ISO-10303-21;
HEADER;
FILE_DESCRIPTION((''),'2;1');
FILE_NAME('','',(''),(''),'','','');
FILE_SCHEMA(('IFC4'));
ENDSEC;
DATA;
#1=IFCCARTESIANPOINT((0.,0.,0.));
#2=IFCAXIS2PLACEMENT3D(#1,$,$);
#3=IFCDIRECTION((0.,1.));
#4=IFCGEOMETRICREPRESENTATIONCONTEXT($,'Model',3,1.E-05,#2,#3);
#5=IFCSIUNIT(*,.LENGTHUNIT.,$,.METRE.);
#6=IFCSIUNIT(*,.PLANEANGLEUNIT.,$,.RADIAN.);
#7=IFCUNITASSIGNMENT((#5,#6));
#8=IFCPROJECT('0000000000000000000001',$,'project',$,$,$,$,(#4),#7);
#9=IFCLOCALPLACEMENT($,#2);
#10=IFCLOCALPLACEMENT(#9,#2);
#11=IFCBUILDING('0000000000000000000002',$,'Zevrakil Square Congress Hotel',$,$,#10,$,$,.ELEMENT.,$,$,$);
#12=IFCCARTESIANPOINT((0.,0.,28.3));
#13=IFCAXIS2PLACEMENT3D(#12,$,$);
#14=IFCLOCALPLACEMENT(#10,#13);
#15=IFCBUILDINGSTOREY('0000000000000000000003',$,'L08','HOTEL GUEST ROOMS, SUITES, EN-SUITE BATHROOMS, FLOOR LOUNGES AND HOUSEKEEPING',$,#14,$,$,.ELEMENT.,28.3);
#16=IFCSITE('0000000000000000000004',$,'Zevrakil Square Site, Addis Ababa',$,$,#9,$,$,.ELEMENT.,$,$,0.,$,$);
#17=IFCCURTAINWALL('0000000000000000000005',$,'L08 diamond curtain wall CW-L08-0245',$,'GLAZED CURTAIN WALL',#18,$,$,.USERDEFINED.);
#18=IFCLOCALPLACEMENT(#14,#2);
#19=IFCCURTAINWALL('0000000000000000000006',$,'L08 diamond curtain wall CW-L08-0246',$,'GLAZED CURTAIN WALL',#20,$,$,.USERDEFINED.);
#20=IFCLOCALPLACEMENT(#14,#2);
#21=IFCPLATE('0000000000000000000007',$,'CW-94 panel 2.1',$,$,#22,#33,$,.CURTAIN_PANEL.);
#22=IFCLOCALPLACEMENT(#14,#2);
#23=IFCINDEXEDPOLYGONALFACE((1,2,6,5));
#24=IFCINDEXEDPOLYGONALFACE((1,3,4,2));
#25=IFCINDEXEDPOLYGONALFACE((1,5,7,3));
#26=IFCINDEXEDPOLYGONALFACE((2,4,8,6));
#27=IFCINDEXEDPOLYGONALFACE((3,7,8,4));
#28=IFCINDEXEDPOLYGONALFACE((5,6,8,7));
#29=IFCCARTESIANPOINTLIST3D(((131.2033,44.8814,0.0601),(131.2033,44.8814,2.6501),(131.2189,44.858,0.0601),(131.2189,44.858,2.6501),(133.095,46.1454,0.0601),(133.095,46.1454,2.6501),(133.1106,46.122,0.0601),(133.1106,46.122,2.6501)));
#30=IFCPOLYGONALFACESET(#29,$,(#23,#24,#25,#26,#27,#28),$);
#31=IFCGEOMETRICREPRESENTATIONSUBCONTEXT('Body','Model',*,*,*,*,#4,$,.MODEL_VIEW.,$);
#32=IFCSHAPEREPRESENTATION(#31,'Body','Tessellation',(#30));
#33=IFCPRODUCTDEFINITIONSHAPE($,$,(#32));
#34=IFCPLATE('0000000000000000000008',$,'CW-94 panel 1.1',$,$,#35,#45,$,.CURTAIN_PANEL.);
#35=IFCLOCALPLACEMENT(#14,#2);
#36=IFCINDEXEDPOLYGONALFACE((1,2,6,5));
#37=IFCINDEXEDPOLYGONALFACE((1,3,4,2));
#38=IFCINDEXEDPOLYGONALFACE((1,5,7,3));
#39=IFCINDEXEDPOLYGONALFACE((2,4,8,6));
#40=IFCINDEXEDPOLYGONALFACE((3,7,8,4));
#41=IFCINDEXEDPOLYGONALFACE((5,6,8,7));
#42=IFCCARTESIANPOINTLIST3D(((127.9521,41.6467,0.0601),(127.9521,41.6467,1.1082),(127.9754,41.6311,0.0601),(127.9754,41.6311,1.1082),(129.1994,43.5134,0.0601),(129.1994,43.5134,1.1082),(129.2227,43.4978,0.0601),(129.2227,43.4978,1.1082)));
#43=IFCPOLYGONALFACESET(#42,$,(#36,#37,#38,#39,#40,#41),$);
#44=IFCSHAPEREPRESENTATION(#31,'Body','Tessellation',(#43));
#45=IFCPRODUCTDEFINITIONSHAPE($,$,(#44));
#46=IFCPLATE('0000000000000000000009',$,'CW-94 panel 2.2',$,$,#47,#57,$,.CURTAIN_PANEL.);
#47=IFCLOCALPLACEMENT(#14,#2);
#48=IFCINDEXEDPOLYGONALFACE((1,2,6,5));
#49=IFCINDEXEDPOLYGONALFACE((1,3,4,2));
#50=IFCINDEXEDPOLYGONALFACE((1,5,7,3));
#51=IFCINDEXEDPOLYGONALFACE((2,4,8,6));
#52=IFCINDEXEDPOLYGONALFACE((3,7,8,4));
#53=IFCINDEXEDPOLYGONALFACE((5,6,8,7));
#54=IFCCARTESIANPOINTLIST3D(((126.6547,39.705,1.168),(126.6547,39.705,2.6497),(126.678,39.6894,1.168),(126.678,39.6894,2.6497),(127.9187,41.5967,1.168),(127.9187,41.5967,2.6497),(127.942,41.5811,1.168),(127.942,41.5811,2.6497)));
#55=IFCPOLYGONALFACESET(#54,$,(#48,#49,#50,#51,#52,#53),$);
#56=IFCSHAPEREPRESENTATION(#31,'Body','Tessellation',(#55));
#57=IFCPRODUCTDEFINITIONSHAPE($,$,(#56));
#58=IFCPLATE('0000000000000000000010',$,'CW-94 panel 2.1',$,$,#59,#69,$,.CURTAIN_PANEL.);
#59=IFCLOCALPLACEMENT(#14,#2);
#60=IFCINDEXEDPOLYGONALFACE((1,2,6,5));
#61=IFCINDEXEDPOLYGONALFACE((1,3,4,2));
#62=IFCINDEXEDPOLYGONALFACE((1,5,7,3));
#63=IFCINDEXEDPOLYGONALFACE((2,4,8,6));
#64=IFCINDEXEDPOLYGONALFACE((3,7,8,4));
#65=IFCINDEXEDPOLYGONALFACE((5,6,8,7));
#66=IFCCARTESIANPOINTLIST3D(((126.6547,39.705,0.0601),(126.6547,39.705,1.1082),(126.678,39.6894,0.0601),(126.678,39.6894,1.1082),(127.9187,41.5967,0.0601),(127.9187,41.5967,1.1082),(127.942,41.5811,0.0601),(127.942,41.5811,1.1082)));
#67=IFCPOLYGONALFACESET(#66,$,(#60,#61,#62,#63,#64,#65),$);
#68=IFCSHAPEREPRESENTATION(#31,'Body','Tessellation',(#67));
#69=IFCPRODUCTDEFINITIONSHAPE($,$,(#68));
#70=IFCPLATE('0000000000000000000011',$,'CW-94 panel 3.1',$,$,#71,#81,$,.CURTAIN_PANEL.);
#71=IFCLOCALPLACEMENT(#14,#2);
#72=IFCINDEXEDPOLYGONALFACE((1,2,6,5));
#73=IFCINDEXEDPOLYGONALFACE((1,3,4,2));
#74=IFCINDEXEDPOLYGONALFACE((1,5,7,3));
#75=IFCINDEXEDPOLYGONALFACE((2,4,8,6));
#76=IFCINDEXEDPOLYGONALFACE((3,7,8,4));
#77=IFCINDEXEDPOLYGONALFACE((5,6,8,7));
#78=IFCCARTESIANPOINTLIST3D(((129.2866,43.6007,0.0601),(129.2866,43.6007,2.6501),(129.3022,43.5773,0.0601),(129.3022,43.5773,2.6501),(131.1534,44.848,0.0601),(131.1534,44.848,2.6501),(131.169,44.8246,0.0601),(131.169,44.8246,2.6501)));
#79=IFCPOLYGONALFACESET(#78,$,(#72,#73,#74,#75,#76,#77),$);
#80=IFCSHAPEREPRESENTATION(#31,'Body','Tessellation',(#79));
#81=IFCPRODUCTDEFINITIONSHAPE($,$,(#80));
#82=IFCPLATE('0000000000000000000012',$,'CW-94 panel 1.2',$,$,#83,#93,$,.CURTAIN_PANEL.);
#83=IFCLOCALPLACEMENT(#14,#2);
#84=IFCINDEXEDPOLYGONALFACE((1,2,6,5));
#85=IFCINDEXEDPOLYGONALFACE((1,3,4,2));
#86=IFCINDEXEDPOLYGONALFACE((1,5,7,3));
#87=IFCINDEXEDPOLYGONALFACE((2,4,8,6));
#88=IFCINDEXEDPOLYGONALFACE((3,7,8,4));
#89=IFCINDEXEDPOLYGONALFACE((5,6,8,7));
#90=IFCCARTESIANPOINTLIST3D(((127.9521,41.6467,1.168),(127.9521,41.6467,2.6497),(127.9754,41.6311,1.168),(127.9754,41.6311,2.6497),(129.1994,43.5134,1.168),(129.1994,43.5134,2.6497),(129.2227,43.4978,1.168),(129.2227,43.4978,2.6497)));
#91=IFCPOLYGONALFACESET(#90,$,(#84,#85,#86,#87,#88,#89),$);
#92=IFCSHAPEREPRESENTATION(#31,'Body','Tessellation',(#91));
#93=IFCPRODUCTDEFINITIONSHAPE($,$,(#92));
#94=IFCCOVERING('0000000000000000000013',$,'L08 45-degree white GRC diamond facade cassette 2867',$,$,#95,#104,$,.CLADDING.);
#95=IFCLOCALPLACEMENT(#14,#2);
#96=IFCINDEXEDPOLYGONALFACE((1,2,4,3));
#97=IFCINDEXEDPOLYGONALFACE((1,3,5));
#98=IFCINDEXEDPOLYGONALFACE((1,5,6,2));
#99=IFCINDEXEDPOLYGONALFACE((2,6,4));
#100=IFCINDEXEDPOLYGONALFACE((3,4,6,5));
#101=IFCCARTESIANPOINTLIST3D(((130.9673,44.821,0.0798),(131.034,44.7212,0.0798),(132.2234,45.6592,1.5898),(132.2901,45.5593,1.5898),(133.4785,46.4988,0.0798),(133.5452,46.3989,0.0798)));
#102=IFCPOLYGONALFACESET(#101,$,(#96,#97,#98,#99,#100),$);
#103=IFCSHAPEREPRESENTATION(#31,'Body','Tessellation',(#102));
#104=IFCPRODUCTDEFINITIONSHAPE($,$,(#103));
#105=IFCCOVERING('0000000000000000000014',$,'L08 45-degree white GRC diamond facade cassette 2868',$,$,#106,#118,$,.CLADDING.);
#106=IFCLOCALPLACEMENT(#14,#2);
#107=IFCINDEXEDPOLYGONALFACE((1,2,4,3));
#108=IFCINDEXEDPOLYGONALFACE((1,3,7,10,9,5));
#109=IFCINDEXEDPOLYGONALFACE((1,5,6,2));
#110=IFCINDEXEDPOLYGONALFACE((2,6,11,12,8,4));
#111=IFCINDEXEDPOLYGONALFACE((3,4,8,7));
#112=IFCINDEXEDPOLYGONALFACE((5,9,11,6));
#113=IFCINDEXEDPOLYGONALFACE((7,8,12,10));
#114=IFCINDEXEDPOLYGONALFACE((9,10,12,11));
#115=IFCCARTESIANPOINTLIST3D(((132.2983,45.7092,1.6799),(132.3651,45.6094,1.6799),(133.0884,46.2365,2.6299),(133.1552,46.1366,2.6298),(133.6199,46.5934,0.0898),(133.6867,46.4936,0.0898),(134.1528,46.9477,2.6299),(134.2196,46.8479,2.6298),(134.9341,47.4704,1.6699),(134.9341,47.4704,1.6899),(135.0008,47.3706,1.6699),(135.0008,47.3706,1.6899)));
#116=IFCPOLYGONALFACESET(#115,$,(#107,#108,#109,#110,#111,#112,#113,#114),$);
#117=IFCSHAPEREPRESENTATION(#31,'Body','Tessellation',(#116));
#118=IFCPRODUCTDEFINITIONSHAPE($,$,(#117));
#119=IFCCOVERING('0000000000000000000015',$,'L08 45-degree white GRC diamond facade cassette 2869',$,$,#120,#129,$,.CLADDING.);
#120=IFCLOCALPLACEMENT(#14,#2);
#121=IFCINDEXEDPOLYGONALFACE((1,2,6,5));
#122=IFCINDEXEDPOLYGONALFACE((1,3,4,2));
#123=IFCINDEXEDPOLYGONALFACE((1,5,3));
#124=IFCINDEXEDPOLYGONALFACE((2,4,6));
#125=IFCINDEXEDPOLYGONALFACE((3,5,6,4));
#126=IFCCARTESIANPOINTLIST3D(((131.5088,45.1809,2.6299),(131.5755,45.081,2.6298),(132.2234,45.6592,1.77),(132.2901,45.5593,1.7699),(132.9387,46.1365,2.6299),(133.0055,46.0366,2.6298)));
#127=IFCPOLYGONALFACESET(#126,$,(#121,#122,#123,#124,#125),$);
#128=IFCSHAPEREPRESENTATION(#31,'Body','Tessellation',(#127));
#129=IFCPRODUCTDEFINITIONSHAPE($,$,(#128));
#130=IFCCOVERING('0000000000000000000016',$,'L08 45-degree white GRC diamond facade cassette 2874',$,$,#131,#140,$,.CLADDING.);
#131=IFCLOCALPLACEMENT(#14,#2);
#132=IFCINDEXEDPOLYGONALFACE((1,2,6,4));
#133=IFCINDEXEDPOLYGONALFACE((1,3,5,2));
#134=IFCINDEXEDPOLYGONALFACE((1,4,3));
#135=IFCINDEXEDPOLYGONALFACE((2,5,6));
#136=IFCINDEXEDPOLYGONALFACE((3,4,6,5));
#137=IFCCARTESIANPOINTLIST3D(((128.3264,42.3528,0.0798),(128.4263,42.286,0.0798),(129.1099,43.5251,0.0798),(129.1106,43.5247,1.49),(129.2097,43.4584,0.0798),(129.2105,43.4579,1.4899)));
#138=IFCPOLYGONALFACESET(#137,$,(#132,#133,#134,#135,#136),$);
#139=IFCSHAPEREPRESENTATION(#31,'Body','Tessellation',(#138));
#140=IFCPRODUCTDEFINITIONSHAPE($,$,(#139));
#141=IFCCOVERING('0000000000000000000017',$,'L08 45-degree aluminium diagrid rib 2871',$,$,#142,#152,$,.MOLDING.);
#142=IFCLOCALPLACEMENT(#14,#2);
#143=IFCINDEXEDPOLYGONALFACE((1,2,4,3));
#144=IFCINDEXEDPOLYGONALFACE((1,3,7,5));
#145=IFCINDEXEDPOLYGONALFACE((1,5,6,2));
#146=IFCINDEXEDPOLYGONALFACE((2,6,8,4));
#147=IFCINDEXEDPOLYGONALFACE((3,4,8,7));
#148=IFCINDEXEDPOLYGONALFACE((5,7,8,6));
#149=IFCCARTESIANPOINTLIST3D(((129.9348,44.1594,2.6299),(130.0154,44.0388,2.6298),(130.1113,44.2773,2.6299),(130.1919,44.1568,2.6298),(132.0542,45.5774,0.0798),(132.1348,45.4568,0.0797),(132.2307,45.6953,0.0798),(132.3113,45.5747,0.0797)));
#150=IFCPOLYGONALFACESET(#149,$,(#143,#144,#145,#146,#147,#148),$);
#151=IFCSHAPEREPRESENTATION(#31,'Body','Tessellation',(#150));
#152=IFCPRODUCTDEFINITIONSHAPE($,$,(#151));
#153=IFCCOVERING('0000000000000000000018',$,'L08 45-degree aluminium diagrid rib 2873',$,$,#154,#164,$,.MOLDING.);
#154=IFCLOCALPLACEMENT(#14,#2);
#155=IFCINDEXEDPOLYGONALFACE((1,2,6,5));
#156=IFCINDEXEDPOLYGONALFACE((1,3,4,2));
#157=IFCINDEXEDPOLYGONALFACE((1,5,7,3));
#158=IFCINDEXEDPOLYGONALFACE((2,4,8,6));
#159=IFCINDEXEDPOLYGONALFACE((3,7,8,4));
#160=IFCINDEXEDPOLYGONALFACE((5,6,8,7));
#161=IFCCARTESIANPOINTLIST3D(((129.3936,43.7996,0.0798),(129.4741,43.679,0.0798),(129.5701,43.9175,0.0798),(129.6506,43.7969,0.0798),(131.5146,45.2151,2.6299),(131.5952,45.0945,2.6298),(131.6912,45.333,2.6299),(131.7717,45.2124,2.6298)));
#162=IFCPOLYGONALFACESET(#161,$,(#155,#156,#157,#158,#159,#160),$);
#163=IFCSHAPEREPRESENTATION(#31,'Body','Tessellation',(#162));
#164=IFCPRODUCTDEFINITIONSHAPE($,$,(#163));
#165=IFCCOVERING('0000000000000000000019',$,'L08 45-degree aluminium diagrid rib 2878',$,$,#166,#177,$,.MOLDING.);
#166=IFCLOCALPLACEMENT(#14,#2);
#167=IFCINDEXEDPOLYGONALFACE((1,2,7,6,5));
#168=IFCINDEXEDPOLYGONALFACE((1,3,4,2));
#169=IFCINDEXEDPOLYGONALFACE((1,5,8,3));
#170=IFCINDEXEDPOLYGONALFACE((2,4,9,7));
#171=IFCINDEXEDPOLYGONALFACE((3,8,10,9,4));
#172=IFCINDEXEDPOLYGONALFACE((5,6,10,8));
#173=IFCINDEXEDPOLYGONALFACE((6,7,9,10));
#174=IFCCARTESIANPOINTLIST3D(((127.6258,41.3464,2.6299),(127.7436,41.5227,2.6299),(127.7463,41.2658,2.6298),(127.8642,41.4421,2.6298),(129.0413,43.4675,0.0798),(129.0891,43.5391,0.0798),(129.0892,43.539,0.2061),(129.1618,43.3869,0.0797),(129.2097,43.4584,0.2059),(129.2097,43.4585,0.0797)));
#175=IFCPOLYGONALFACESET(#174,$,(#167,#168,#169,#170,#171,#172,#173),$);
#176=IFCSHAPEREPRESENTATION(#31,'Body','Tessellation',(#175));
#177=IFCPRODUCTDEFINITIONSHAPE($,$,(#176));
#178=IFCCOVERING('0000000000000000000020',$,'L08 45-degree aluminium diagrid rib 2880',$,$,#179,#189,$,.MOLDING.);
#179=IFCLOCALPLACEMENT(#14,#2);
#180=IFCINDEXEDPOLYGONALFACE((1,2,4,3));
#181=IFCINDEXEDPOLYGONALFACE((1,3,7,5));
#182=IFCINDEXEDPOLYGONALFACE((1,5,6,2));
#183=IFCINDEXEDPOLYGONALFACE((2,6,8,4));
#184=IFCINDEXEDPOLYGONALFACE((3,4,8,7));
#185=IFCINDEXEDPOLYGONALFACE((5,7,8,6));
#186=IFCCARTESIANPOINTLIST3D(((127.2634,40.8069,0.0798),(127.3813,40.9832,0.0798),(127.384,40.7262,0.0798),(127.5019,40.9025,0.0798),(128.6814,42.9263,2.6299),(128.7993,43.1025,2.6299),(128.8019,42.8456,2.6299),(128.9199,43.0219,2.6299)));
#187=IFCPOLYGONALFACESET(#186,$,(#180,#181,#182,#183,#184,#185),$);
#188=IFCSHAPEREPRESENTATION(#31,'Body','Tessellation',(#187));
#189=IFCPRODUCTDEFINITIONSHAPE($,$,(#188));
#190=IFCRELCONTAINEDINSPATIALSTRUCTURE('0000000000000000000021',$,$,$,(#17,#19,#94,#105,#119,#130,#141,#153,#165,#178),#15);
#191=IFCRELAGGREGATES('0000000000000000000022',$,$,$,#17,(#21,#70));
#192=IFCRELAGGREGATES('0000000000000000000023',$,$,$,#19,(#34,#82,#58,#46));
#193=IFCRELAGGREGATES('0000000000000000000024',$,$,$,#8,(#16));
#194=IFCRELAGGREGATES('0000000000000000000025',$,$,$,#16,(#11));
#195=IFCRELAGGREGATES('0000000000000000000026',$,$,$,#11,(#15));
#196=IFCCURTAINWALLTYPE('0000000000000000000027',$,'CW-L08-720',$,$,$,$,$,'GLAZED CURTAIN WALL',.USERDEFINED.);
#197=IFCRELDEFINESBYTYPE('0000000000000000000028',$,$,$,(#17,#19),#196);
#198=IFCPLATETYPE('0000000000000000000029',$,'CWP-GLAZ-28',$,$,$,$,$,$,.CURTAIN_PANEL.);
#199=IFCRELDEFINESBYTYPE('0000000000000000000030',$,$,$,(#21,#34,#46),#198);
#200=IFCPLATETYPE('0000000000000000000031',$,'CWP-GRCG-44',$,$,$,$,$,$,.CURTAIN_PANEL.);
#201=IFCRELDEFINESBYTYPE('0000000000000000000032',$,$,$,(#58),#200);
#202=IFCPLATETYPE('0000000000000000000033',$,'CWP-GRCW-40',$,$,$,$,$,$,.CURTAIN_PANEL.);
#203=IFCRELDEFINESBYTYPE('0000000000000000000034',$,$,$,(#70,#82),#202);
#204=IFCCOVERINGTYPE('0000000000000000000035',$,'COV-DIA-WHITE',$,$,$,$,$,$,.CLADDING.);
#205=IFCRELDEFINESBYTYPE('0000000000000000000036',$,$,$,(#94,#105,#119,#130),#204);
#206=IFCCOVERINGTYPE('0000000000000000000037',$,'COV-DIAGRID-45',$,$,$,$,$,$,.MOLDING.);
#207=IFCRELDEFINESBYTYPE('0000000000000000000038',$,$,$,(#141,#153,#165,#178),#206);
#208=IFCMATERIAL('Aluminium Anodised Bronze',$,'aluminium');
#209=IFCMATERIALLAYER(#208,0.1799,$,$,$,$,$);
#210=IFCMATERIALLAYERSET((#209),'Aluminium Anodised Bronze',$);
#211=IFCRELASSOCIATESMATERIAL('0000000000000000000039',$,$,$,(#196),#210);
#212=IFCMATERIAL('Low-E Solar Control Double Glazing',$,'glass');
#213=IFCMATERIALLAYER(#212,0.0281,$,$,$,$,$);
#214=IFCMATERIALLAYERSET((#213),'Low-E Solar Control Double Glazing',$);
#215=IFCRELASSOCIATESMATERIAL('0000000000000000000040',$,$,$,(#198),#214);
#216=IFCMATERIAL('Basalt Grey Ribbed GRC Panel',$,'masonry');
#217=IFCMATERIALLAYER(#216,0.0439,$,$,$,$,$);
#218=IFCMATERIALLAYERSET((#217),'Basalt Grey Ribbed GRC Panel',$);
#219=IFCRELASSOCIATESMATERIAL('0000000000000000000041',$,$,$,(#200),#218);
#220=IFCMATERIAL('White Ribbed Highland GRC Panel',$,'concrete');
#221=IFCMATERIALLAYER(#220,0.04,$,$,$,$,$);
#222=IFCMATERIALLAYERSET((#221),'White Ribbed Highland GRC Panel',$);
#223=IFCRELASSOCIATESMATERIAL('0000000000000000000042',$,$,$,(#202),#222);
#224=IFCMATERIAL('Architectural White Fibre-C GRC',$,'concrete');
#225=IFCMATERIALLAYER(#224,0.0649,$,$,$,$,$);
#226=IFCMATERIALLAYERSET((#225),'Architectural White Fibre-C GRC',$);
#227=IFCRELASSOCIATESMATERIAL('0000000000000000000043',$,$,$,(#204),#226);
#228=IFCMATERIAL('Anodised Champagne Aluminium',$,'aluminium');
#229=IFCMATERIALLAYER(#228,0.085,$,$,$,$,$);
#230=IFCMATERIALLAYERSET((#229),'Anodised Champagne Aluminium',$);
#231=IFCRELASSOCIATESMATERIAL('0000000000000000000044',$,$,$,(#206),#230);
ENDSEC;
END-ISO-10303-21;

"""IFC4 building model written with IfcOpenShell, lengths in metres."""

from ifc_helpers import new_model, si_unit, direction, frame, origin, origin_2d, place, context, subcontext, project, spatial, polyline, rectangle, outline, extrude, material, layer, layer_set, type_object, element, aggregate, save


model = new_model("IFC4")

# Units and contexts
model_context = context("Model", 3, precision=1e-05, world=origin(), true_north=direction((0.0, 1.0)))
body_context = subcontext(model_context, "Body", "Model", "MODEL_VIEW")
ifc_project = project(units=[si_unit("LENGTHUNIT", "METRE"), si_unit("PLANEANGLEUNIT", "RADIAN")], contexts=[model_context])

# Site, building, storey
site_placement = place(None, origin())
site = spatial("IfcSite", under=ifc_project, at=site_placement, Name="Zevrakil Square Site, Addis Ababa", CompositionType="ELEMENT", RefElevation=0.0)
building_placement = place(site_placement, origin())
building = spatial("IfcBuilding", under=site, at=building_placement, Name="Zevrakil Square Congress Hotel", CompositionType="ELEMENT")
storey_placement = place(building_placement, frame((0.0, 0.0, 28.3)))
storey = spatial("IfcBuildingStorey", under=building, at=storey_placement, Name="L08", Description="HOTEL GUEST ROOMS, SUITES, EN-SUITE BATHROOMS, FLOOR LOUNGES AND HOUSEKEEPING", CompositionType="ELEMENT", Elevation=28.3)

# Curtain walls
ifc_material_1 = material(Name="Aluminium Anodised Bronze", Category="aluminium")
ifc_layer_1 = layer(ifc_material_1, 0.1799)
ifc_layer_set_1 = layer_set([ifc_layer_1], Name="Aluminium Anodised Bronze")
curtain_wall_type = type_object("IfcCurtainWallType", Name="CW-L08-720", ElementType="GLAZED CURTAIN WALL", PredefinedType="USERDEFINED", material=ifc_layer_set_1)
curtain_wall_1_placement = place(storey_placement, origin())
curtain_wall_1 = element("IfcCurtainWall", 1, at=curtain_wall_1_placement, inside=storey, type_object=curtain_wall_type, Name="L08 diamond curtain wall CW-L08-0245", ObjectType="GLAZED CURTAIN WALL", PredefinedType="USERDEFINED")
curtain_wall_2_placement = place(storey_placement, origin())
curtain_wall_2 = element("IfcCurtainWall", 2, at=curtain_wall_2_placement, inside=storey, type_object=curtain_wall_type, Name="L08 diamond curtain wall CW-L08-0246", ObjectType="GLAZED CURTAIN WALL", PredefinedType="USERDEFINED")

# Plates
ifc_material_2 = material(Name="Low-E Solar Control Double Glazing", Category="glass")
ifc_layer_2 = layer(ifc_material_2, 0.0281)
ifc_layer_set_2 = layer_set([ifc_layer_2], Name="Low-E Solar Control Double Glazing")
plate_type_1 = type_object("IfcPlateType", Name="CWP-GLAZ-28", PredefinedType="CURTAIN_PANEL", material=ifc_layer_set_2)
plate_1_placement = place(storey_placement, frame((132.157, 45.5017, 0.0601), z_axis=(0.0, 0.0, 1.0), x_axis=(-0.831466, -0.555576, 0.0)))
plate_1 = element("IfcPlate", 3, at=plate_1_placement, type_object=plate_type_1, Name="CW-94 panel 2.1", PredefinedType="CURTAIN_PANEL", context=body_context, shape_type="SweptSolid", body=[
    extrude(rectangle(XDim=2.2751, YDim=0.0281, at=origin_2d()), origin(), (0.0, 0.0, 1.0), 2.5901),
])
plate_2_placement = place(storey_placement, frame((128.5874, 42.5723, 0.0601), z_axis=(0.0, 0.0, 1.0), x_axis=(-0.555576, -0.831466, 0.0)))
plate_2 = element("IfcPlate", 4, at=plate_2_placement, type_object=plate_type_1, Name="CW-94 panel 1.1", PredefinedType="CURTAIN_PANEL", context=body_context, shape_type="SweptSolid", body=[
    extrude(rectangle(XDim=2.2451, YDim=0.0281, at=origin_2d()), origin(), (0.0, 0.0, 1.0), 1.0481),
])
plate_3_placement = place(storey_placement, frame((127.2983, 40.6431, 1.168), z_axis=(0.0, 0.0, 1.0), x_axis=(-0.555576, -0.831466, 0.0)))
plate_3 = element("IfcPlate", 5, at=plate_3_placement, type_object=plate_type_1, Name="CW-94 panel 2.2", PredefinedType="CURTAIN_PANEL", context=body_context, shape_type="SweptSolid", body=[
    extrude(rectangle(XDim=2.2751, YDim=0.0281, at=origin_2d()), origin(), (0.0, 0.0, 1.0), 1.4817),
])
ifc_material_3 = material(Name="Basalt Grey Ribbed GRC Panel", Category="masonry")
ifc_layer_3 = layer(ifc_material_3, 0.0439)
ifc_layer_set_3 = layer_set([ifc_layer_3], Name="Basalt Grey Ribbed GRC Panel")
plate_type_2 = type_object("IfcPlateType", Name="CWP-GRCG-44", PredefinedType="CURTAIN_PANEL", material=ifc_layer_set_3)
plate_4_placement = place(storey_placement, frame((127.2983, 40.6431, 0.0601), z_axis=(0.0, 0.0, 1.0), x_axis=(-0.555576, -0.831466, 0.0)))
plate_4 = element("IfcPlate", 6, at=plate_4_placement, type_object=plate_type_2, Name="CW-94 panel 2.1", PredefinedType="CURTAIN_PANEL", context=body_context, shape_type="SweptSolid", body=[
    extrude(rectangle(XDim=2.2751, YDim=0.0281, at=origin_2d()), origin(), (0.0, 0.0, 1.0), 1.0481),
])
ifc_material_4 = material(Name="White Ribbed Highland GRC Panel", Category="concrete")
ifc_layer_4 = layer(ifc_material_4, 0.04)
ifc_layer_set_4 = layer_set([ifc_layer_4], Name="White Ribbed Highland GRC Panel")
plate_type_3 = type_object("IfcPlateType", Name="CWP-GRCW-40", PredefinedType="CURTAIN_PANEL", material=ifc_layer_set_4)
plate_5_placement = place(storey_placement, frame((130.2278, 44.2126, 0.0601), z_axis=(0.0, 0.0, 1.0), x_axis=(-0.831466, -0.555576, 0.0)))
plate_5 = element("IfcPlate", 7, at=plate_5_placement, type_object=plate_type_3, Name="CW-94 panel 3.1", PredefinedType="CURTAIN_PANEL", context=body_context, shape_type="SweptSolid", body=[
    extrude(rectangle(XDim=2.2451, YDim=0.0281, at=origin_2d()), origin(), (0.0, 0.0, 1.0), 2.5901),
])
aggregate(curtain_wall_1, [plate_1, plate_5])
plate_6_placement = place(storey_placement, frame((128.5874, 42.5723, 1.168), z_axis=(0.0, 0.0, 1.0), x_axis=(-0.555576, -0.831466, 0.0)))
plate_6 = element("IfcPlate", 8, at=plate_6_placement, type_object=plate_type_3, Name="CW-94 panel 1.2", PredefinedType="CURTAIN_PANEL", context=body_context, shape_type="SweptSolid", body=[
    extrude(rectangle(XDim=2.2451, YDim=0.0281, at=origin_2d()), origin(), (0.0, 0.0, 1.0), 1.4817),
])
aggregate(curtain_wall_2, [plate_2, plate_6, plate_4, plate_3])

# Coverings
ifc_material_5 = material(Name="Architectural White Fibre-C GRC", Category="concrete")
ifc_layer_5 = layer(ifc_material_5, 0.0649)
ifc_layer_set_5 = layer_set([ifc_layer_5], Name="Architectural White Fibre-C GRC")
covering_type_1 = type_object("IfcCoveringType", Name="COV-DIA-WHITE", PredefinedType="CLADDING", material=ifc_layer_set_5)
covering_1_placement = place(storey_placement, frame((132.2234, 45.6592, 1.5898), z_axis=(-0.555521, 0.831503, 0.000583), x_axis=(-0.588199, -0.392476, -0.707096)))
element("IfcCovering", 9, at=covering_1_placement, inside=storey, type_object=covering_type_1, Name="L08 45-degree white GRC diamond facade cassette 2867", PredefinedType="CLADDING", context=body_context, shape_type="SweptSolid", body=[
    extrude(outline(polyline([(0.0, 0.0), (2.1355, 0.0), (-0.0001, -2.1355), (0.0, 0.0)])), origin(), (0.0, 0.0, -1.0), 0.1201),
])
covering_2_placement = place(storey_placement, frame((132.2983, 45.7092, 1.6799), z_axis=(-0.555581, 0.831462, 0.00059), x_axis=(0.587702, 0.393203, -0.707106)))
element("IfcCovering", 10, at=covering_2_placement, inside=storey, type_object=covering_type_1, Name="L08 45-degree white GRC diamond facade cassette 2868", PredefinedType="CLADDING", context=body_context, shape_type="SweptSolid", body=[
    extrude(outline(polyline([(0.0, 0.0), (2.2487, 0.0), (2.2486, -2.2345), (2.2345, -2.2486), (0.9052, -2.2486), (-0.0001, -1.3434), (0.0, 0.0)])), origin(), (0.0, 0.0, -1.0), 0.1201),
])
covering_3_placement = place(storey_placement, frame((132.2234, 45.6592, 1.77), z_axis=(-0.555617, 0.831438, 0.000709), x_axis=(0.588223, 0.392483, 0.707072)))
element("IfcCovering", 11, at=covering_3_placement, inside=storey, type_object=covering_type_1, Name="L08 45-degree white GRC diamond facade cassette 2869", PredefinedType="CLADDING", context=body_context, shape_type="SweptSolid", body=[
    extrude(outline(polyline([(0.0, 0.0), (1.2161, 0.0), (-0.0001, -1.216), (0.0, 0.0)])), origin(), (0.0, 0.0, -1.0), 0.1201),
])
covering_4_placement = place(storey_placement, frame((128.3264, 42.3528, 0.0798), z_axis=(-0.831437, 0.555619, 0.000624), x_axis=(0.555619, 0.831437, 0.0)))
element("IfcCovering", 12, at=covering_4_placement, inside=storey, type_object=covering_type_1, Name="L08 45-degree white GRC diamond facade cassette 2874", PredefinedType="CLADDING", context=body_context, shape_type="SweptSolid", body=[
    extrude(outline(polyline([(0.0, 0.0), (1.41, 0.0), (1.41, -1.4102), (0.0, 0.0)])), origin(), (0.0, 0.0, -1.0), 0.1201),
])
ifc_material_6 = material(Name="Anodised Champagne Aluminium", Category="aluminium")
ifc_layer_6 = layer(ifc_material_6, 0.085)
ifc_layer_set_6 = layer_set([ifc_layer_6], Name="Anodised Champagne Aluminium")
covering_type_2 = type_object("IfcCoveringType", Name="COV-DIAGRID-45", PredefinedType="MOLDING", material=ifc_layer_set_6)
covering_5_placement = place(storey_placement, frame((132.0542, 45.5774, 0.0798), z_axis=(-0.555496, 0.831519, 0.000689), x_axis=(0.831519, 0.555496, 0.0)))
element("IfcCovering", 13, at=covering_5_placement, inside=storey, type_object=covering_type_2, Name="L08 45-degree aluminium diagrid rib 2871", PredefinedType="MOLDING", context=body_context, shape_type="SweptSolid", body=[
    extrude(outline(polyline([(0.0, 0.0), (0.2123, 0.0), (-2.3377, -2.55), (-2.55, -2.55), (0.0, 0.0)])), origin(), (0.0, 0.0, -1.0), 0.145),
])
covering_6_placement = place(storey_placement, frame((131.6912, 45.333, 2.6299), z_axis=(-0.555496, 0.831519, 0.000479), x_axis=(-0.831519, -0.555496, 0.0)))
element("IfcCovering", 14, at=covering_6_placement, inside=storey, type_object=covering_type_2, Name="L08 45-degree aluminium diagrid rib 2873", PredefinedType="MOLDING", context=body_context, shape_type="SweptSolid", body=[
    extrude(outline(polyline([(0.0, 0.0), (0.2123, 0.0), (2.7623, -2.55), (2.55, -2.55), (0.0, 0.0)])), origin(), (0.0, 0.0, -1.0), 0.145),
])
covering_7_placement = place(storey_placement, frame((129.0413, 43.4675, 0.0798), z_axis=(-0.831354, 0.555743, 0.000793), x_axis=(0.555743, 0.831354, 0.0)))
element("IfcCovering", 15, at=covering_7_placement, inside=storey, type_object=covering_type_2, Name="L08 45-degree aluminium diagrid rib 2878", PredefinedType="MOLDING", context=body_context, shape_type="SweptSolid", body=[
    extrude(outline(polyline([(0.0, 0.0), (0.0861, 0.0), (0.0861, -0.1262), (-2.338, -2.5501), (-2.55, -2.5501), (0.0, 0.0)])), origin(), (0.0, 0.0, -1.0), 0.145),
])
covering_8_placement = place(storey_placement, frame((128.7993, 43.1025, 2.6299), z_axis=(-0.831164, 0.556028, 0.00005), x_axis=(-0.556028, -0.831164, 0.0)))
element("IfcCovering", 16, at=covering_8_placement, inside=storey, type_object=covering_type_2, Name="L08 45-degree aluminium diagrid rib 2880", PredefinedType="MOLDING", context=body_context, shape_type="SweptSolid", body=[
    extrude(outline(polyline([(0.0, 0.0), (0.2121, 0.0), (2.7621, -2.55), (2.55, -2.55), (0.0, 0.0)])), origin(), (0.0, 0.0, -1.0), 0.145),
])

save(model, "model.ifc")
